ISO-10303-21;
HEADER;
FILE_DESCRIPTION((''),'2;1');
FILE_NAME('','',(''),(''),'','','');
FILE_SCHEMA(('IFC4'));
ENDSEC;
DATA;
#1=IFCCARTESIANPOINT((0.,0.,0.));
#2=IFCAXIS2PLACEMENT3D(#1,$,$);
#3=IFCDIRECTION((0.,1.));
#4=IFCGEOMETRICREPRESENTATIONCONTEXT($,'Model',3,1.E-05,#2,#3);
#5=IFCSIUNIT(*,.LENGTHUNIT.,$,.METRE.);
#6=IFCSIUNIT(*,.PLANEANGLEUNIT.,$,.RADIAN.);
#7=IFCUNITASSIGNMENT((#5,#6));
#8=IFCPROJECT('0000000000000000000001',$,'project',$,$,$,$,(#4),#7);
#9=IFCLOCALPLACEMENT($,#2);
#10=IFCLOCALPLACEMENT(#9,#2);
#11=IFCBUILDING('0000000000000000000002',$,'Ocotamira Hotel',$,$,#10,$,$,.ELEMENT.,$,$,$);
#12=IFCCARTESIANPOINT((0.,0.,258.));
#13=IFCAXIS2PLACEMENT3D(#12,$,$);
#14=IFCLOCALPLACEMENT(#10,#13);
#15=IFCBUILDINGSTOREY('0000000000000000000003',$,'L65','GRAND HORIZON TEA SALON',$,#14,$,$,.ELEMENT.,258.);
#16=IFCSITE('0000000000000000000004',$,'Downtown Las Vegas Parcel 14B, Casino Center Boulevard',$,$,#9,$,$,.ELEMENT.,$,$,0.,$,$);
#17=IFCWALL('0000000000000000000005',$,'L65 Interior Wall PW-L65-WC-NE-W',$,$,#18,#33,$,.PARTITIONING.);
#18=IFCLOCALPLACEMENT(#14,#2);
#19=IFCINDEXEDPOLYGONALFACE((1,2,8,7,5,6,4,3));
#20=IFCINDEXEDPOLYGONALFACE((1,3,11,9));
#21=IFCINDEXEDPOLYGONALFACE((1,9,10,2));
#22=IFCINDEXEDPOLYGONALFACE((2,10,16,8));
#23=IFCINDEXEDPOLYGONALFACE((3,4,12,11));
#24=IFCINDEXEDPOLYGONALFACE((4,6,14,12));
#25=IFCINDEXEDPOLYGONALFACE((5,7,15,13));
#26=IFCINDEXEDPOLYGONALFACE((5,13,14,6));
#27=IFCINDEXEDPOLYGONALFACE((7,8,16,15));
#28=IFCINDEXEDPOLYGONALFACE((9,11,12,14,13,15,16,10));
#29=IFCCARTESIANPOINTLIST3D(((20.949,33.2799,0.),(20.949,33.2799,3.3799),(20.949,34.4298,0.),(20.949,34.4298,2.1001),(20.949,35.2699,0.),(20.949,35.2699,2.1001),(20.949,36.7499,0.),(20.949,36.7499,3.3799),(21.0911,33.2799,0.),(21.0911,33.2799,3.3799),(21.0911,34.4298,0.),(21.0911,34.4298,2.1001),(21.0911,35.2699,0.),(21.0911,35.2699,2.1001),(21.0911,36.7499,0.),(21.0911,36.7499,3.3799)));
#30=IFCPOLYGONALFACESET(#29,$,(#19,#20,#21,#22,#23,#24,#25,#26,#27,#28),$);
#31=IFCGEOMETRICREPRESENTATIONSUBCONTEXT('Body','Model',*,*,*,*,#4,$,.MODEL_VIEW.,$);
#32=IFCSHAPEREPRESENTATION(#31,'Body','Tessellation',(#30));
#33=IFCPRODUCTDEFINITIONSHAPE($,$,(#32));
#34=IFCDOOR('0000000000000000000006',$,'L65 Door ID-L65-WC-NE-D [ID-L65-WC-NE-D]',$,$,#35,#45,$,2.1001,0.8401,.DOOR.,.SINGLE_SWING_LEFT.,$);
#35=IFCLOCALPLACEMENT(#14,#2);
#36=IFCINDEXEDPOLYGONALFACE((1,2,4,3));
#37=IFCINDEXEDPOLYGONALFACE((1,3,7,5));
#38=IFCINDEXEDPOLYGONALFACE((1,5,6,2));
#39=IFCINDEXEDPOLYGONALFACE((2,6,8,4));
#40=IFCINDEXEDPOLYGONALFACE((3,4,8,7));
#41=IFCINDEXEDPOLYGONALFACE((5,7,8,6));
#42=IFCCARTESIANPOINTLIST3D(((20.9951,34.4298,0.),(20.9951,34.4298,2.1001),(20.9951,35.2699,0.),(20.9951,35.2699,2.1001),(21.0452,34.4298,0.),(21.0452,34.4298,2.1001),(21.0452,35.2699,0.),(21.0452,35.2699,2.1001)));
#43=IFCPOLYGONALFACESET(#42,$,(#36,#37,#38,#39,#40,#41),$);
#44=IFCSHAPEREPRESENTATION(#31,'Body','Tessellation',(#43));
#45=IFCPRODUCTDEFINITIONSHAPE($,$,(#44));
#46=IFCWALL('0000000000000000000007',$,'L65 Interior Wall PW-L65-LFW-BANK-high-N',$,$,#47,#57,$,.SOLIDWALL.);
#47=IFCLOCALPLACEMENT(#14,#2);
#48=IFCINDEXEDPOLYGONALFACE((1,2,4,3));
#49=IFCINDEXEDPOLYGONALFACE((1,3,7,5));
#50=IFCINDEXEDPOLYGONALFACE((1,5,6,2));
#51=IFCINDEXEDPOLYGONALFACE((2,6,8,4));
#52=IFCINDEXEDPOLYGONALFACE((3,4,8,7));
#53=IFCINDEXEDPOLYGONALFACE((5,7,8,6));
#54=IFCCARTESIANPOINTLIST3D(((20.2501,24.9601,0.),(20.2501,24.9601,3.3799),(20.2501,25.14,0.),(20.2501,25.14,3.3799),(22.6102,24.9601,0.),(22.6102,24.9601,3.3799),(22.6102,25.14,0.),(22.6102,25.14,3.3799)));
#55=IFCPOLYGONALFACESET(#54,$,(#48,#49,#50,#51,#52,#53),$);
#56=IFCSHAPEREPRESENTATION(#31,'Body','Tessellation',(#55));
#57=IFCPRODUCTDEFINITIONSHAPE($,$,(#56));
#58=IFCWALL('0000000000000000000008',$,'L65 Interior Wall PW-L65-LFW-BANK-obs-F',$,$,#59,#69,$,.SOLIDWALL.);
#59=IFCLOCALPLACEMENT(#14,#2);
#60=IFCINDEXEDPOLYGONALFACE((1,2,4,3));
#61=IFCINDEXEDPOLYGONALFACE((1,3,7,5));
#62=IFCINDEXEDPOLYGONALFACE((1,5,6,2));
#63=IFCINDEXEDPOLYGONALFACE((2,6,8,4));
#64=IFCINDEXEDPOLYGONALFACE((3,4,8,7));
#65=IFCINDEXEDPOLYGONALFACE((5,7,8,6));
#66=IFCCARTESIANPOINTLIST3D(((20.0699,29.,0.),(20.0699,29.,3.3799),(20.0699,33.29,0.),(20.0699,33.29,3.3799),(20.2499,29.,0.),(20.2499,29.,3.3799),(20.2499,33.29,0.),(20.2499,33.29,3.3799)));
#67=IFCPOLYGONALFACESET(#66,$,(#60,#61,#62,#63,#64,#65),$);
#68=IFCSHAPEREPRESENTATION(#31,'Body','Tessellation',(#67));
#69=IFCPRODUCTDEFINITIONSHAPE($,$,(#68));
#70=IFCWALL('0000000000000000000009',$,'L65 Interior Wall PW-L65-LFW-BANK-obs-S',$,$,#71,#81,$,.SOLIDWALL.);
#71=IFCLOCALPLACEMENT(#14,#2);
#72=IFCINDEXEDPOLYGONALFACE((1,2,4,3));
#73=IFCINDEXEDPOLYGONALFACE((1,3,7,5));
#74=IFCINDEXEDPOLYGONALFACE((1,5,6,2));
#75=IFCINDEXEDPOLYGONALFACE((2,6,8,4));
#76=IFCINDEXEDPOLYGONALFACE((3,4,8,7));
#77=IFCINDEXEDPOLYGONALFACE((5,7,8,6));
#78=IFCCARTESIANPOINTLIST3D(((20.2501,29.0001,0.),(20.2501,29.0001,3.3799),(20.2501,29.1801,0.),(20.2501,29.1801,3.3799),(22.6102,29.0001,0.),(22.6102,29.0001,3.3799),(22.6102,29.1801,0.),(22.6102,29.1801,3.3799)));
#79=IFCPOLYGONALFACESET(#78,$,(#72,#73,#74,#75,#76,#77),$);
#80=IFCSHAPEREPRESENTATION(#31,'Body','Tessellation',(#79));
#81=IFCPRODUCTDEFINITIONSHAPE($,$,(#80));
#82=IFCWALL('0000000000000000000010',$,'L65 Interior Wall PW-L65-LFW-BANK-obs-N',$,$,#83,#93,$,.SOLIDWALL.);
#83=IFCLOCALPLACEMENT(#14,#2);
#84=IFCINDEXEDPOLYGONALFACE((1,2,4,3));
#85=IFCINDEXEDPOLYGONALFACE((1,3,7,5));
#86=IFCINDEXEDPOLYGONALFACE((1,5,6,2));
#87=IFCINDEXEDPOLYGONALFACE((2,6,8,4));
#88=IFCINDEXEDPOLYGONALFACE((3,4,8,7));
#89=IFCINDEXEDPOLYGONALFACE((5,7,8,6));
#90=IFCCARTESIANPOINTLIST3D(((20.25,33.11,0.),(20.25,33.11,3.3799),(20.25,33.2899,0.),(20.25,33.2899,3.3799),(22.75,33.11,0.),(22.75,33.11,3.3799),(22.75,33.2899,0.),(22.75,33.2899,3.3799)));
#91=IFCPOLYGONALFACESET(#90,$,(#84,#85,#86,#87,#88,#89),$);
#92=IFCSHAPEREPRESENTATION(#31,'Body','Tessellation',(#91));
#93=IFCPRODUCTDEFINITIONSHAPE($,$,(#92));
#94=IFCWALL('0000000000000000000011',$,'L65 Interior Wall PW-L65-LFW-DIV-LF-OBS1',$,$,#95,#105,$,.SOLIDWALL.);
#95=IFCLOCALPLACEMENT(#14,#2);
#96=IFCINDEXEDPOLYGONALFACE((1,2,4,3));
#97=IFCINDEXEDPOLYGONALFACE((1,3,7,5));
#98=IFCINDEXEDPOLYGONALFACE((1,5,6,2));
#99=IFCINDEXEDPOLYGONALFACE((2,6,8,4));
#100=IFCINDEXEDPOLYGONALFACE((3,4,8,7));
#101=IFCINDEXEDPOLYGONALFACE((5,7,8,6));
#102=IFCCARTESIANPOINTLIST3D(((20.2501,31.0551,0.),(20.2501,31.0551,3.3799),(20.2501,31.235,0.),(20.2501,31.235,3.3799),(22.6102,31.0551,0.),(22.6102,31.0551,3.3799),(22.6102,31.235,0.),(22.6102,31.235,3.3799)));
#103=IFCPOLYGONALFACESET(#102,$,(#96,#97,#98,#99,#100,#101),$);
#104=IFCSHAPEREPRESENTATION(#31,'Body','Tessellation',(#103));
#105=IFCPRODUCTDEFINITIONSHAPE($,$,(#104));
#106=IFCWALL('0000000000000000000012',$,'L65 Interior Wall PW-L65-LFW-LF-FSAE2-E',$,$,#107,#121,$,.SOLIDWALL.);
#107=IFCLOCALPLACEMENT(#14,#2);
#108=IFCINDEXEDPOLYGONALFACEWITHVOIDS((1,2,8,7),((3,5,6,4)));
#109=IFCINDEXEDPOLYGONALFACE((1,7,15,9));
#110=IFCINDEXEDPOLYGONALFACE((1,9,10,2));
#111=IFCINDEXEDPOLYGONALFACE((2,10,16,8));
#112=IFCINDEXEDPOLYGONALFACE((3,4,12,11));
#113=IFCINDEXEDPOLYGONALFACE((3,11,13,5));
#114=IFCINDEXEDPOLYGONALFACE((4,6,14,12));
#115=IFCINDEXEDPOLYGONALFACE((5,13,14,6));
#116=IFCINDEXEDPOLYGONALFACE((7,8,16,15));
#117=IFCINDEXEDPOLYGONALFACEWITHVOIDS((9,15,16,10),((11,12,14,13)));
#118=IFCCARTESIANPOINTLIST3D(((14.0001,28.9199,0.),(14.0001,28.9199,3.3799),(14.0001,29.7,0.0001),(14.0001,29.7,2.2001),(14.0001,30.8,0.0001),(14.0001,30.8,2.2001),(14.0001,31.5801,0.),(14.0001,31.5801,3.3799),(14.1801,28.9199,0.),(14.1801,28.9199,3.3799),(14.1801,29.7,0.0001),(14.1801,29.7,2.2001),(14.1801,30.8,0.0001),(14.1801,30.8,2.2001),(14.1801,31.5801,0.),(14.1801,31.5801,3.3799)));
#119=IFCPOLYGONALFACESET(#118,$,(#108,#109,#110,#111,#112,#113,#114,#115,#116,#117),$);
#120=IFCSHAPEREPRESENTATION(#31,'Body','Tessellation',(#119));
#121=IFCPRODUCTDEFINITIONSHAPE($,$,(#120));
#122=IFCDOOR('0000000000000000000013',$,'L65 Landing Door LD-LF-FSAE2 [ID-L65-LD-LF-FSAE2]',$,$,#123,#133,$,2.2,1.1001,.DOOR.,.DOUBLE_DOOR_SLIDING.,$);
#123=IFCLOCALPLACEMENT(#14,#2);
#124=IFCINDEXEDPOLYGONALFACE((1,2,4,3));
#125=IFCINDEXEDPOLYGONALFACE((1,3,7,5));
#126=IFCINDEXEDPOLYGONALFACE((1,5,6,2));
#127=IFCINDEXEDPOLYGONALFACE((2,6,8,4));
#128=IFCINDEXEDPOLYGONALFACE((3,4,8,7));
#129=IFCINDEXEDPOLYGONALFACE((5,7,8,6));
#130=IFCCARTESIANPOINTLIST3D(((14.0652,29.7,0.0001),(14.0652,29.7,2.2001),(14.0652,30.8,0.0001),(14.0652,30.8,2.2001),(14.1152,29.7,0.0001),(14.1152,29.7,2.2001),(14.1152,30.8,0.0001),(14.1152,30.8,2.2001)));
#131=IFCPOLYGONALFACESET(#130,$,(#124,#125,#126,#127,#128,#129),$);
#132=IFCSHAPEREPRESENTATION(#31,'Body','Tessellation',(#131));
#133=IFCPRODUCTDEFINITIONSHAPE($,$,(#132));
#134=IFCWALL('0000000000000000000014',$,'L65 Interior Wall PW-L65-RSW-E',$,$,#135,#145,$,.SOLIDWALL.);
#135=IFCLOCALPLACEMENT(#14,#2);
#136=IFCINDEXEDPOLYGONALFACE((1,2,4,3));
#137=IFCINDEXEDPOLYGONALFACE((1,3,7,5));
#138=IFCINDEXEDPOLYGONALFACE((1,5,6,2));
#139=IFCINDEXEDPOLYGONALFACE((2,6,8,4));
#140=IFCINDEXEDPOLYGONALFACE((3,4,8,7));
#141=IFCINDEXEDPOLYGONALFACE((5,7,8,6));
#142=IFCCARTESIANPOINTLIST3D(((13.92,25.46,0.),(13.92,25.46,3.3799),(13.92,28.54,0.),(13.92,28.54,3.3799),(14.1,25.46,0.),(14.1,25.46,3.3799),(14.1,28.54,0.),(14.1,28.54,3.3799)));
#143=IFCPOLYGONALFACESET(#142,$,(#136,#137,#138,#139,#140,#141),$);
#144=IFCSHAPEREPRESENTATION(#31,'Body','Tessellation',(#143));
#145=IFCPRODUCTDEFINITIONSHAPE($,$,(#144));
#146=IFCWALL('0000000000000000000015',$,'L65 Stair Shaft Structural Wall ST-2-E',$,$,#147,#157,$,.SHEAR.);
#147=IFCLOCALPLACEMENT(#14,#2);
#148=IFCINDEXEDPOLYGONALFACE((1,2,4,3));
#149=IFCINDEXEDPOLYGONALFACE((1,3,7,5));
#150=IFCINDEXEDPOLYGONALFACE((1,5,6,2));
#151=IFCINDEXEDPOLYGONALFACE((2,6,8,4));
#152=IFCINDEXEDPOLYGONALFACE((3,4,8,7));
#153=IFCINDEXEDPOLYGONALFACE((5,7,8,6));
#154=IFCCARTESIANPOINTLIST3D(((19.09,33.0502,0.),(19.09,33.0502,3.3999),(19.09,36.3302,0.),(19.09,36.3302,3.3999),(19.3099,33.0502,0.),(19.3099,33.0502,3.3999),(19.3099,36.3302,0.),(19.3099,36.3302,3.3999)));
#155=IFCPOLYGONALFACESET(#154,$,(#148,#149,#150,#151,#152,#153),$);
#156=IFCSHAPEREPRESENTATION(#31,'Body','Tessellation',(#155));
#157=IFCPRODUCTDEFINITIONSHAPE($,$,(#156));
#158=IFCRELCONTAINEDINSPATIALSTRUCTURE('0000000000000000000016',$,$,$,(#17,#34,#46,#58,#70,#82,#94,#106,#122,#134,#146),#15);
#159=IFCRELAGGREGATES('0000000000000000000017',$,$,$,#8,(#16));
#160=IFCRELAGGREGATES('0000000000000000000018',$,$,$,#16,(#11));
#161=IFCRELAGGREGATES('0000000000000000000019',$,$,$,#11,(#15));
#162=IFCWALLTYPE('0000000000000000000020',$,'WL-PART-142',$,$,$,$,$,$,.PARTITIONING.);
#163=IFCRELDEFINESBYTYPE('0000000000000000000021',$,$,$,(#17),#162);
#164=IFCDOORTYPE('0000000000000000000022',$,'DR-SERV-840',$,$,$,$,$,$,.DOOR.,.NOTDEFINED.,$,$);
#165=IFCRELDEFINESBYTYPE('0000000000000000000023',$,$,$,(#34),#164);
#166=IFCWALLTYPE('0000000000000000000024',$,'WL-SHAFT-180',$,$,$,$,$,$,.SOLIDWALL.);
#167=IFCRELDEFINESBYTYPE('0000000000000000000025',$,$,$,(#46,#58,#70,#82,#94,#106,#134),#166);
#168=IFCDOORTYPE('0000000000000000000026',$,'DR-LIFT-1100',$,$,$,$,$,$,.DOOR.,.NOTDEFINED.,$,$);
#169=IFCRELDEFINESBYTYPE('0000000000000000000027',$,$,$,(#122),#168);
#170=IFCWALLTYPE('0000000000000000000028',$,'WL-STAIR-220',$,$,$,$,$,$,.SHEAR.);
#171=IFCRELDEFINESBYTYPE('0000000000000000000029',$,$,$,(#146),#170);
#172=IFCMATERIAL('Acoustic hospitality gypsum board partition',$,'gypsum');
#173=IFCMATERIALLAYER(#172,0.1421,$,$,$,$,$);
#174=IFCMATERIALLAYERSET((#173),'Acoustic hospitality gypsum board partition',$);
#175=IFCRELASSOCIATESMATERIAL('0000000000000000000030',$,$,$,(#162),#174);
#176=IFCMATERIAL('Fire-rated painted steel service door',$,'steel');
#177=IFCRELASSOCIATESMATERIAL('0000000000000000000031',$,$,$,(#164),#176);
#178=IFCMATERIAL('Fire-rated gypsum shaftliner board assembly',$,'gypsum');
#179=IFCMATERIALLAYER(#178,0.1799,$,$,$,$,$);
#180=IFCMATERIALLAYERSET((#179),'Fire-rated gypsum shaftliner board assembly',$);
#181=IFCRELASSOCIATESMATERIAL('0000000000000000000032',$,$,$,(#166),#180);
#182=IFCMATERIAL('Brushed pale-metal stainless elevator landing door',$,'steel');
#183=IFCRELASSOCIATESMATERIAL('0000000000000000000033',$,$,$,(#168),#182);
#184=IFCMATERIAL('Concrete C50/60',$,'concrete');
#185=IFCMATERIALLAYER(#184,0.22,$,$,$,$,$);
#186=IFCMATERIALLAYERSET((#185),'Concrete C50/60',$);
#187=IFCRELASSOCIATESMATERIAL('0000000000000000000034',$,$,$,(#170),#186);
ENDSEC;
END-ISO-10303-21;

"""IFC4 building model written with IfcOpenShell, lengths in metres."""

from ifc_helpers import new_model, si_unit, direction, frame, frame_2d, origin, place, context, subcontext, project, spatial, rectangle, extrude, source, transform, mapped, material, layer, layer_set, type_object, element, fill, save


model = new_model("IFC4")

# Units and contexts
model_context = context("Model", 3, precision=1e-05, world=origin(), true_north=direction((0.0, 1.0)))
body_context = subcontext(model_context, "Body", "Model", "MODEL_VIEW")
ifc_project = project(units=[si_unit("LENGTHUNIT", "METRE"), si_unit("PLANEANGLEUNIT", "RADIAN")], contexts=[model_context])

# Site, building, storey
site_placement = place(None, origin())
site = spatial("IfcSite", under=ifc_project, at=site_placement, Name="Downtown Las Vegas Parcel 14B, Casino Center Boulevard", CompositionType="ELEMENT", RefElevation=0.0)
building_placement = place(site_placement, origin())
building = spatial("IfcBuilding", under=site, at=building_placement, Name="Ocotamira Hotel", CompositionType="ELEMENT")
storey_placement = place(building_placement, frame((0.0, 0.0, 258.0)))
storey = spatial("IfcBuildingStorey", under=building, at=storey_placement, Name="L65", Description="GRAND HORIZON TEA SALON", CompositionType="ELEMENT", Elevation=258.0)

# Wall, opening, door
ifc_material_1 = material(Name="Acoustic hospitality gypsum board partition", Category="gypsum")
ifc_layer_1 = layer(ifc_material_1, 0.1421)
ifc_layer_set_1 = layer_set([ifc_layer_1], Name="Acoustic hospitality gypsum board partition")
wall_type_1 = type_object("IfcWallType", Name="WL-PART-142", PredefinedType="PARTITIONING", material=ifc_layer_set_1)
wall_1_placement = place(storey_placement, frame((21.02, 33.28, 0.0), z_axis=(0.0, 0.0, 1.0), x_axis=(0.0, 1.0, 0.0)))
wall_1 = element("IfcWall", 1, at=wall_1_placement, inside=storey, type_object=wall_type_1, Name="L65 Interior Wall PW-L65-WC-NE-W", PredefinedType="PARTITIONING", context=body_context, shape_type="SweptSolid", body=[
    extrude(rectangle(XDim=3.47, YDim=0.1421, at=frame_2d((1.7349, 0.0))), origin(), (0.0, 0.0, 1.0), 3.3799),
])
opening_1_placement = place(wall_1_placement, frame((1.1499, 0.0, 0.0)))
opening_1 = element("IfcOpeningElement", 2, at=opening_1_placement, cuts=wall_1, PredefinedType="OPENING", context=body_context, shape_type="SweptSolid", body=[
    extrude(rectangle(XDim=0.8401, YDim=2.1001, at=frame_2d((0.4199, 1.05))), frame((0.0, 0.0811, 0.0), z_axis=(0.0, -1.0, 0.0), x_axis=(1.0, 0.0, 0.0)), (0.0, 0.0, 1.0), 0.1621),
])
ifc_material_2 = material(Name="Fire-rated painted steel service door", Category="steel")
door_type_1 = type_object("IfcDoorType", Name="DR-SERV-840", OperationType="NOTDEFINED", PredefinedType="DOOR", material=ifc_material_2)
shared_shape_1 = source(origin(), body_context, "Body", "SweptSolid", [
    extrude(rectangle(XDim=0.8401, YDim=2.1001, at=frame_2d((0.4199, 1.05))), frame((0.0, 0.0249, 0.0), z_axis=(0.0, -1.0, 0.0), x_axis=(1.0, 0.0, 0.0)), (0.0, 0.0, 1.0), 0.05),
])
door_1_placement = place(opening_1_placement, origin())
door_1 = element("IfcDoor", 3, at=door_1_placement, inside=storey, type_object=door_type_1, Name="L65 Door ID-L65-WC-NE-D [ID-L65-WC-NE-D]", OperationType="SINGLE_SWING_LEFT", OverallHeight=2.1001, OverallWidth=0.8401, PredefinedType="DOOR", context=body_context, shape_type="MappedRepresentation", body=[
    mapped(shared_shape_1, transform((0.0, 0.0, 0.0), scale=1.0)),
])
fill(opening_1, door_1)

# Walls
ifc_material_3 = material(Name="Fire-rated gypsum shaftliner board assembly", Category="gypsum")
ifc_layer_2 = layer(ifc_material_3, 0.1799)
ifc_layer_set_2 = layer_set([ifc_layer_2], Name="Fire-rated gypsum shaftliner board assembly")
wall_type_2 = type_object("IfcWallType", Name="WL-SHAFT-180", PredefinedType="SOLIDWALL", material=ifc_layer_set_2)
wall_2_placement = place(storey_placement, frame((20.25, 25.05, 0.0), z_axis=(0.0, 0.0, 1.0), x_axis=(1.0, 0.0, 0.0)))
element("IfcWall", 4, at=wall_2_placement, inside=storey, type_object=wall_type_2, Name="L65 Interior Wall PW-L65-LFW-BANK-high-N", PredefinedType="SOLIDWALL", context=body_context, shape_type="SweptSolid", body=[
    extrude(rectangle(XDim=2.3601, YDim=0.1799, at=frame_2d((1.1802, 0.0))), origin(), (0.0, 0.0, 1.0), 3.3799),
])
wall_3_placement = place(storey_placement, frame((20.1599, 29.0, 0.0), z_axis=(0.0, 0.0, 1.0), x_axis=(0.0, 1.0, 0.0)))
element("IfcWall", 5, at=wall_3_placement, inside=storey, type_object=wall_type_2, Name="L65 Interior Wall PW-L65-LFW-BANK-obs-F", PredefinedType="SOLIDWALL", context=body_context, shape_type="SweptSolid", body=[
    extrude(rectangle(XDim=4.29, YDim=0.1799, at=frame_2d((2.145, 0.0))), origin(), (0.0, 0.0, 1.0), 3.3799),
])
wall_4_placement = place(storey_placement, frame((20.25, 29.0901, 0.0), z_axis=(0.0, 0.0, 1.0), x_axis=(1.0, 0.0, 0.0)))
element("IfcWall", 6, at=wall_4_placement, inside=storey, type_object=wall_type_2, Name="L65 Interior Wall PW-L65-LFW-BANK-obs-S", PredefinedType="SOLIDWALL", context=body_context, shape_type="SweptSolid", body=[
    extrude(rectangle(XDim=2.3601, YDim=0.1799, at=frame_2d((1.1802, 0.0))), origin(), (0.0, 0.0, 1.0), 3.3799),
])
wall_5_placement = place(storey_placement, frame((20.25, 33.2, 0.0), z_axis=(0.0, 0.0, 1.0), x_axis=(1.0, 0.0, 0.0)))
element("IfcWall", 7, at=wall_5_placement, inside=storey, type_object=wall_type_2, Name="L65 Interior Wall PW-L65-LFW-BANK-obs-N", PredefinedType="SOLIDWALL", context=body_context, shape_type="SweptSolid", body=[
    extrude(rectangle(XDim=2.5, YDim=0.1799, at=frame_2d((1.25, 0.0))), origin(), (0.0, 0.0, 1.0), 3.3799),
])
wall_6_placement = place(storey_placement, frame((20.25, 31.145, 0.0), z_axis=(0.0, 0.0, 1.0), x_axis=(1.0, 0.0, 0.0)))
element("IfcWall", 8, at=wall_6_placement, inside=storey, type_object=wall_type_2, Name="L65 Interior Wall PW-L65-LFW-DIV-LF-OBS1", PredefinedType="SOLIDWALL", context=body_context, shape_type="SweptSolid", body=[
    extrude(rectangle(XDim=2.3601, YDim=0.1799, at=frame_2d((1.1802, 0.0))), origin(), (0.0, 0.0, 1.0), 3.3799),
])

# Wall, opening, door
wall_7_placement = place(storey_placement, frame((14.0901, 28.9199, 0.0), z_axis=(0.0, 0.0, 1.0), x_axis=(0.0, 1.0, 0.0)))
wall_7 = element("IfcWall", 9, at=wall_7_placement, inside=storey, type_object=wall_type_2, Name="L65 Interior Wall PW-L65-LFW-LF-FSAE2-E", PredefinedType="SOLIDWALL", context=body_context, shape_type="SweptSolid", body=[
    extrude(rectangle(XDim=2.6602, YDim=0.1799, at=frame_2d((1.3301, 0.0))), origin(), (0.0, 0.0, 1.0), 3.3799),
])
opening_2_placement = place(wall_7_placement, frame((0.78, 0.0, 0.0)))
opening_2 = element("IfcOpeningElement", 10, at=opening_2_placement, cuts=wall_7, PredefinedType="OPENING", context=body_context, shape_type="SweptSolid", body=[
    extrude(rectangle(XDim=1.1001, YDim=2.2, at=frame_2d((0.55, 1.1001))), frame((0.0, 0.1001, 0.0), z_axis=(0.0, -1.0, 0.0), x_axis=(1.0, 0.0, 0.0)), (0.0, 0.0, 1.0), 0.2),
])
ifc_material_4 = material(Name="Brushed pale-metal stainless elevator landing door", Category="steel")
door_type_2 = type_object("IfcDoorType", Name="DR-LIFT-1100", OperationType="NOTDEFINED", PredefinedType="DOOR", material=ifc_material_4)
shared_shape_2 = source(origin(), body_context, "Body", "SweptSolid", [
    extrude(rectangle(XDim=1.1001, YDim=2.2, at=frame_2d((0.55, 1.1001))), frame((0.0, 0.0249, 0.0), z_axis=(0.0, -1.0, 0.0), x_axis=(1.0, 0.0, 0.0)), (0.0, 0.0, 1.0), 0.05),
])
door_2_placement = place(opening_2_placement, origin())
door_2 = element("IfcDoor", 11, at=door_2_placement, inside=storey, type_object=door_type_2, Name="L65 Landing Door LD-LF-FSAE2 [ID-L65-LD-LF-FSAE2]", OperationType="DOUBLE_DOOR_SLIDING", OverallHeight=2.2, OverallWidth=1.1001, PredefinedType="DOOR", context=body_context, shape_type="MappedRepresentation", body=[
    mapped(shared_shape_2, transform((0.0, 0.0, 0.0), scale=1.0)),
])
fill(opening_2, door_2)

# Walls
wall_8_placement = place(storey_placement, frame((14.01, 25.46, 0.0), z_axis=(0.0, 0.0, 1.0), x_axis=(0.0, 1.0, 0.0)))
element("IfcWall", 12, at=wall_8_placement, inside=storey, type_object=wall_type_2, Name="L65 Interior Wall PW-L65-RSW-E", PredefinedType="SOLIDWALL", context=body_context, shape_type="SweptSolid", body=[
    extrude(rectangle(XDim=3.0801, YDim=0.1799, at=frame_2d((1.54, 0.0))), origin(), (0.0, 0.0, 1.0), 3.3799),
])
ifc_material_5 = material(Name="Concrete C50/60", Category="concrete")
ifc_layer_3 = layer(ifc_material_5, 0.22)
ifc_layer_set_3 = layer_set([ifc_layer_3], Name="Concrete C50/60")
wall_type_3 = type_object("IfcWallType", Name="WL-STAIR-220", PredefinedType="SHEAR", material=ifc_layer_set_3)
wall_9_placement = place(storey_placement, frame((19.2, 33.05, 0.0), z_axis=(0.0, 0.0, 1.0), x_axis=(0.0, 1.0, 0.0)))
element("IfcWall", 13, at=wall_9_placement, inside=storey, type_object=wall_type_3, Name="L65 Stair Shaft Structural Wall ST-2-E", PredefinedType="SHEAR", context=body_context, shape_type="SweptSolid", body=[
    extrude(rectangle(XDim=3.28, YDim=0.22, at=frame_2d((1.6401, 0.0))), origin(), (0.0, 0.0, 1.0), 3.3999),
])

save(model, "model.ifc")
